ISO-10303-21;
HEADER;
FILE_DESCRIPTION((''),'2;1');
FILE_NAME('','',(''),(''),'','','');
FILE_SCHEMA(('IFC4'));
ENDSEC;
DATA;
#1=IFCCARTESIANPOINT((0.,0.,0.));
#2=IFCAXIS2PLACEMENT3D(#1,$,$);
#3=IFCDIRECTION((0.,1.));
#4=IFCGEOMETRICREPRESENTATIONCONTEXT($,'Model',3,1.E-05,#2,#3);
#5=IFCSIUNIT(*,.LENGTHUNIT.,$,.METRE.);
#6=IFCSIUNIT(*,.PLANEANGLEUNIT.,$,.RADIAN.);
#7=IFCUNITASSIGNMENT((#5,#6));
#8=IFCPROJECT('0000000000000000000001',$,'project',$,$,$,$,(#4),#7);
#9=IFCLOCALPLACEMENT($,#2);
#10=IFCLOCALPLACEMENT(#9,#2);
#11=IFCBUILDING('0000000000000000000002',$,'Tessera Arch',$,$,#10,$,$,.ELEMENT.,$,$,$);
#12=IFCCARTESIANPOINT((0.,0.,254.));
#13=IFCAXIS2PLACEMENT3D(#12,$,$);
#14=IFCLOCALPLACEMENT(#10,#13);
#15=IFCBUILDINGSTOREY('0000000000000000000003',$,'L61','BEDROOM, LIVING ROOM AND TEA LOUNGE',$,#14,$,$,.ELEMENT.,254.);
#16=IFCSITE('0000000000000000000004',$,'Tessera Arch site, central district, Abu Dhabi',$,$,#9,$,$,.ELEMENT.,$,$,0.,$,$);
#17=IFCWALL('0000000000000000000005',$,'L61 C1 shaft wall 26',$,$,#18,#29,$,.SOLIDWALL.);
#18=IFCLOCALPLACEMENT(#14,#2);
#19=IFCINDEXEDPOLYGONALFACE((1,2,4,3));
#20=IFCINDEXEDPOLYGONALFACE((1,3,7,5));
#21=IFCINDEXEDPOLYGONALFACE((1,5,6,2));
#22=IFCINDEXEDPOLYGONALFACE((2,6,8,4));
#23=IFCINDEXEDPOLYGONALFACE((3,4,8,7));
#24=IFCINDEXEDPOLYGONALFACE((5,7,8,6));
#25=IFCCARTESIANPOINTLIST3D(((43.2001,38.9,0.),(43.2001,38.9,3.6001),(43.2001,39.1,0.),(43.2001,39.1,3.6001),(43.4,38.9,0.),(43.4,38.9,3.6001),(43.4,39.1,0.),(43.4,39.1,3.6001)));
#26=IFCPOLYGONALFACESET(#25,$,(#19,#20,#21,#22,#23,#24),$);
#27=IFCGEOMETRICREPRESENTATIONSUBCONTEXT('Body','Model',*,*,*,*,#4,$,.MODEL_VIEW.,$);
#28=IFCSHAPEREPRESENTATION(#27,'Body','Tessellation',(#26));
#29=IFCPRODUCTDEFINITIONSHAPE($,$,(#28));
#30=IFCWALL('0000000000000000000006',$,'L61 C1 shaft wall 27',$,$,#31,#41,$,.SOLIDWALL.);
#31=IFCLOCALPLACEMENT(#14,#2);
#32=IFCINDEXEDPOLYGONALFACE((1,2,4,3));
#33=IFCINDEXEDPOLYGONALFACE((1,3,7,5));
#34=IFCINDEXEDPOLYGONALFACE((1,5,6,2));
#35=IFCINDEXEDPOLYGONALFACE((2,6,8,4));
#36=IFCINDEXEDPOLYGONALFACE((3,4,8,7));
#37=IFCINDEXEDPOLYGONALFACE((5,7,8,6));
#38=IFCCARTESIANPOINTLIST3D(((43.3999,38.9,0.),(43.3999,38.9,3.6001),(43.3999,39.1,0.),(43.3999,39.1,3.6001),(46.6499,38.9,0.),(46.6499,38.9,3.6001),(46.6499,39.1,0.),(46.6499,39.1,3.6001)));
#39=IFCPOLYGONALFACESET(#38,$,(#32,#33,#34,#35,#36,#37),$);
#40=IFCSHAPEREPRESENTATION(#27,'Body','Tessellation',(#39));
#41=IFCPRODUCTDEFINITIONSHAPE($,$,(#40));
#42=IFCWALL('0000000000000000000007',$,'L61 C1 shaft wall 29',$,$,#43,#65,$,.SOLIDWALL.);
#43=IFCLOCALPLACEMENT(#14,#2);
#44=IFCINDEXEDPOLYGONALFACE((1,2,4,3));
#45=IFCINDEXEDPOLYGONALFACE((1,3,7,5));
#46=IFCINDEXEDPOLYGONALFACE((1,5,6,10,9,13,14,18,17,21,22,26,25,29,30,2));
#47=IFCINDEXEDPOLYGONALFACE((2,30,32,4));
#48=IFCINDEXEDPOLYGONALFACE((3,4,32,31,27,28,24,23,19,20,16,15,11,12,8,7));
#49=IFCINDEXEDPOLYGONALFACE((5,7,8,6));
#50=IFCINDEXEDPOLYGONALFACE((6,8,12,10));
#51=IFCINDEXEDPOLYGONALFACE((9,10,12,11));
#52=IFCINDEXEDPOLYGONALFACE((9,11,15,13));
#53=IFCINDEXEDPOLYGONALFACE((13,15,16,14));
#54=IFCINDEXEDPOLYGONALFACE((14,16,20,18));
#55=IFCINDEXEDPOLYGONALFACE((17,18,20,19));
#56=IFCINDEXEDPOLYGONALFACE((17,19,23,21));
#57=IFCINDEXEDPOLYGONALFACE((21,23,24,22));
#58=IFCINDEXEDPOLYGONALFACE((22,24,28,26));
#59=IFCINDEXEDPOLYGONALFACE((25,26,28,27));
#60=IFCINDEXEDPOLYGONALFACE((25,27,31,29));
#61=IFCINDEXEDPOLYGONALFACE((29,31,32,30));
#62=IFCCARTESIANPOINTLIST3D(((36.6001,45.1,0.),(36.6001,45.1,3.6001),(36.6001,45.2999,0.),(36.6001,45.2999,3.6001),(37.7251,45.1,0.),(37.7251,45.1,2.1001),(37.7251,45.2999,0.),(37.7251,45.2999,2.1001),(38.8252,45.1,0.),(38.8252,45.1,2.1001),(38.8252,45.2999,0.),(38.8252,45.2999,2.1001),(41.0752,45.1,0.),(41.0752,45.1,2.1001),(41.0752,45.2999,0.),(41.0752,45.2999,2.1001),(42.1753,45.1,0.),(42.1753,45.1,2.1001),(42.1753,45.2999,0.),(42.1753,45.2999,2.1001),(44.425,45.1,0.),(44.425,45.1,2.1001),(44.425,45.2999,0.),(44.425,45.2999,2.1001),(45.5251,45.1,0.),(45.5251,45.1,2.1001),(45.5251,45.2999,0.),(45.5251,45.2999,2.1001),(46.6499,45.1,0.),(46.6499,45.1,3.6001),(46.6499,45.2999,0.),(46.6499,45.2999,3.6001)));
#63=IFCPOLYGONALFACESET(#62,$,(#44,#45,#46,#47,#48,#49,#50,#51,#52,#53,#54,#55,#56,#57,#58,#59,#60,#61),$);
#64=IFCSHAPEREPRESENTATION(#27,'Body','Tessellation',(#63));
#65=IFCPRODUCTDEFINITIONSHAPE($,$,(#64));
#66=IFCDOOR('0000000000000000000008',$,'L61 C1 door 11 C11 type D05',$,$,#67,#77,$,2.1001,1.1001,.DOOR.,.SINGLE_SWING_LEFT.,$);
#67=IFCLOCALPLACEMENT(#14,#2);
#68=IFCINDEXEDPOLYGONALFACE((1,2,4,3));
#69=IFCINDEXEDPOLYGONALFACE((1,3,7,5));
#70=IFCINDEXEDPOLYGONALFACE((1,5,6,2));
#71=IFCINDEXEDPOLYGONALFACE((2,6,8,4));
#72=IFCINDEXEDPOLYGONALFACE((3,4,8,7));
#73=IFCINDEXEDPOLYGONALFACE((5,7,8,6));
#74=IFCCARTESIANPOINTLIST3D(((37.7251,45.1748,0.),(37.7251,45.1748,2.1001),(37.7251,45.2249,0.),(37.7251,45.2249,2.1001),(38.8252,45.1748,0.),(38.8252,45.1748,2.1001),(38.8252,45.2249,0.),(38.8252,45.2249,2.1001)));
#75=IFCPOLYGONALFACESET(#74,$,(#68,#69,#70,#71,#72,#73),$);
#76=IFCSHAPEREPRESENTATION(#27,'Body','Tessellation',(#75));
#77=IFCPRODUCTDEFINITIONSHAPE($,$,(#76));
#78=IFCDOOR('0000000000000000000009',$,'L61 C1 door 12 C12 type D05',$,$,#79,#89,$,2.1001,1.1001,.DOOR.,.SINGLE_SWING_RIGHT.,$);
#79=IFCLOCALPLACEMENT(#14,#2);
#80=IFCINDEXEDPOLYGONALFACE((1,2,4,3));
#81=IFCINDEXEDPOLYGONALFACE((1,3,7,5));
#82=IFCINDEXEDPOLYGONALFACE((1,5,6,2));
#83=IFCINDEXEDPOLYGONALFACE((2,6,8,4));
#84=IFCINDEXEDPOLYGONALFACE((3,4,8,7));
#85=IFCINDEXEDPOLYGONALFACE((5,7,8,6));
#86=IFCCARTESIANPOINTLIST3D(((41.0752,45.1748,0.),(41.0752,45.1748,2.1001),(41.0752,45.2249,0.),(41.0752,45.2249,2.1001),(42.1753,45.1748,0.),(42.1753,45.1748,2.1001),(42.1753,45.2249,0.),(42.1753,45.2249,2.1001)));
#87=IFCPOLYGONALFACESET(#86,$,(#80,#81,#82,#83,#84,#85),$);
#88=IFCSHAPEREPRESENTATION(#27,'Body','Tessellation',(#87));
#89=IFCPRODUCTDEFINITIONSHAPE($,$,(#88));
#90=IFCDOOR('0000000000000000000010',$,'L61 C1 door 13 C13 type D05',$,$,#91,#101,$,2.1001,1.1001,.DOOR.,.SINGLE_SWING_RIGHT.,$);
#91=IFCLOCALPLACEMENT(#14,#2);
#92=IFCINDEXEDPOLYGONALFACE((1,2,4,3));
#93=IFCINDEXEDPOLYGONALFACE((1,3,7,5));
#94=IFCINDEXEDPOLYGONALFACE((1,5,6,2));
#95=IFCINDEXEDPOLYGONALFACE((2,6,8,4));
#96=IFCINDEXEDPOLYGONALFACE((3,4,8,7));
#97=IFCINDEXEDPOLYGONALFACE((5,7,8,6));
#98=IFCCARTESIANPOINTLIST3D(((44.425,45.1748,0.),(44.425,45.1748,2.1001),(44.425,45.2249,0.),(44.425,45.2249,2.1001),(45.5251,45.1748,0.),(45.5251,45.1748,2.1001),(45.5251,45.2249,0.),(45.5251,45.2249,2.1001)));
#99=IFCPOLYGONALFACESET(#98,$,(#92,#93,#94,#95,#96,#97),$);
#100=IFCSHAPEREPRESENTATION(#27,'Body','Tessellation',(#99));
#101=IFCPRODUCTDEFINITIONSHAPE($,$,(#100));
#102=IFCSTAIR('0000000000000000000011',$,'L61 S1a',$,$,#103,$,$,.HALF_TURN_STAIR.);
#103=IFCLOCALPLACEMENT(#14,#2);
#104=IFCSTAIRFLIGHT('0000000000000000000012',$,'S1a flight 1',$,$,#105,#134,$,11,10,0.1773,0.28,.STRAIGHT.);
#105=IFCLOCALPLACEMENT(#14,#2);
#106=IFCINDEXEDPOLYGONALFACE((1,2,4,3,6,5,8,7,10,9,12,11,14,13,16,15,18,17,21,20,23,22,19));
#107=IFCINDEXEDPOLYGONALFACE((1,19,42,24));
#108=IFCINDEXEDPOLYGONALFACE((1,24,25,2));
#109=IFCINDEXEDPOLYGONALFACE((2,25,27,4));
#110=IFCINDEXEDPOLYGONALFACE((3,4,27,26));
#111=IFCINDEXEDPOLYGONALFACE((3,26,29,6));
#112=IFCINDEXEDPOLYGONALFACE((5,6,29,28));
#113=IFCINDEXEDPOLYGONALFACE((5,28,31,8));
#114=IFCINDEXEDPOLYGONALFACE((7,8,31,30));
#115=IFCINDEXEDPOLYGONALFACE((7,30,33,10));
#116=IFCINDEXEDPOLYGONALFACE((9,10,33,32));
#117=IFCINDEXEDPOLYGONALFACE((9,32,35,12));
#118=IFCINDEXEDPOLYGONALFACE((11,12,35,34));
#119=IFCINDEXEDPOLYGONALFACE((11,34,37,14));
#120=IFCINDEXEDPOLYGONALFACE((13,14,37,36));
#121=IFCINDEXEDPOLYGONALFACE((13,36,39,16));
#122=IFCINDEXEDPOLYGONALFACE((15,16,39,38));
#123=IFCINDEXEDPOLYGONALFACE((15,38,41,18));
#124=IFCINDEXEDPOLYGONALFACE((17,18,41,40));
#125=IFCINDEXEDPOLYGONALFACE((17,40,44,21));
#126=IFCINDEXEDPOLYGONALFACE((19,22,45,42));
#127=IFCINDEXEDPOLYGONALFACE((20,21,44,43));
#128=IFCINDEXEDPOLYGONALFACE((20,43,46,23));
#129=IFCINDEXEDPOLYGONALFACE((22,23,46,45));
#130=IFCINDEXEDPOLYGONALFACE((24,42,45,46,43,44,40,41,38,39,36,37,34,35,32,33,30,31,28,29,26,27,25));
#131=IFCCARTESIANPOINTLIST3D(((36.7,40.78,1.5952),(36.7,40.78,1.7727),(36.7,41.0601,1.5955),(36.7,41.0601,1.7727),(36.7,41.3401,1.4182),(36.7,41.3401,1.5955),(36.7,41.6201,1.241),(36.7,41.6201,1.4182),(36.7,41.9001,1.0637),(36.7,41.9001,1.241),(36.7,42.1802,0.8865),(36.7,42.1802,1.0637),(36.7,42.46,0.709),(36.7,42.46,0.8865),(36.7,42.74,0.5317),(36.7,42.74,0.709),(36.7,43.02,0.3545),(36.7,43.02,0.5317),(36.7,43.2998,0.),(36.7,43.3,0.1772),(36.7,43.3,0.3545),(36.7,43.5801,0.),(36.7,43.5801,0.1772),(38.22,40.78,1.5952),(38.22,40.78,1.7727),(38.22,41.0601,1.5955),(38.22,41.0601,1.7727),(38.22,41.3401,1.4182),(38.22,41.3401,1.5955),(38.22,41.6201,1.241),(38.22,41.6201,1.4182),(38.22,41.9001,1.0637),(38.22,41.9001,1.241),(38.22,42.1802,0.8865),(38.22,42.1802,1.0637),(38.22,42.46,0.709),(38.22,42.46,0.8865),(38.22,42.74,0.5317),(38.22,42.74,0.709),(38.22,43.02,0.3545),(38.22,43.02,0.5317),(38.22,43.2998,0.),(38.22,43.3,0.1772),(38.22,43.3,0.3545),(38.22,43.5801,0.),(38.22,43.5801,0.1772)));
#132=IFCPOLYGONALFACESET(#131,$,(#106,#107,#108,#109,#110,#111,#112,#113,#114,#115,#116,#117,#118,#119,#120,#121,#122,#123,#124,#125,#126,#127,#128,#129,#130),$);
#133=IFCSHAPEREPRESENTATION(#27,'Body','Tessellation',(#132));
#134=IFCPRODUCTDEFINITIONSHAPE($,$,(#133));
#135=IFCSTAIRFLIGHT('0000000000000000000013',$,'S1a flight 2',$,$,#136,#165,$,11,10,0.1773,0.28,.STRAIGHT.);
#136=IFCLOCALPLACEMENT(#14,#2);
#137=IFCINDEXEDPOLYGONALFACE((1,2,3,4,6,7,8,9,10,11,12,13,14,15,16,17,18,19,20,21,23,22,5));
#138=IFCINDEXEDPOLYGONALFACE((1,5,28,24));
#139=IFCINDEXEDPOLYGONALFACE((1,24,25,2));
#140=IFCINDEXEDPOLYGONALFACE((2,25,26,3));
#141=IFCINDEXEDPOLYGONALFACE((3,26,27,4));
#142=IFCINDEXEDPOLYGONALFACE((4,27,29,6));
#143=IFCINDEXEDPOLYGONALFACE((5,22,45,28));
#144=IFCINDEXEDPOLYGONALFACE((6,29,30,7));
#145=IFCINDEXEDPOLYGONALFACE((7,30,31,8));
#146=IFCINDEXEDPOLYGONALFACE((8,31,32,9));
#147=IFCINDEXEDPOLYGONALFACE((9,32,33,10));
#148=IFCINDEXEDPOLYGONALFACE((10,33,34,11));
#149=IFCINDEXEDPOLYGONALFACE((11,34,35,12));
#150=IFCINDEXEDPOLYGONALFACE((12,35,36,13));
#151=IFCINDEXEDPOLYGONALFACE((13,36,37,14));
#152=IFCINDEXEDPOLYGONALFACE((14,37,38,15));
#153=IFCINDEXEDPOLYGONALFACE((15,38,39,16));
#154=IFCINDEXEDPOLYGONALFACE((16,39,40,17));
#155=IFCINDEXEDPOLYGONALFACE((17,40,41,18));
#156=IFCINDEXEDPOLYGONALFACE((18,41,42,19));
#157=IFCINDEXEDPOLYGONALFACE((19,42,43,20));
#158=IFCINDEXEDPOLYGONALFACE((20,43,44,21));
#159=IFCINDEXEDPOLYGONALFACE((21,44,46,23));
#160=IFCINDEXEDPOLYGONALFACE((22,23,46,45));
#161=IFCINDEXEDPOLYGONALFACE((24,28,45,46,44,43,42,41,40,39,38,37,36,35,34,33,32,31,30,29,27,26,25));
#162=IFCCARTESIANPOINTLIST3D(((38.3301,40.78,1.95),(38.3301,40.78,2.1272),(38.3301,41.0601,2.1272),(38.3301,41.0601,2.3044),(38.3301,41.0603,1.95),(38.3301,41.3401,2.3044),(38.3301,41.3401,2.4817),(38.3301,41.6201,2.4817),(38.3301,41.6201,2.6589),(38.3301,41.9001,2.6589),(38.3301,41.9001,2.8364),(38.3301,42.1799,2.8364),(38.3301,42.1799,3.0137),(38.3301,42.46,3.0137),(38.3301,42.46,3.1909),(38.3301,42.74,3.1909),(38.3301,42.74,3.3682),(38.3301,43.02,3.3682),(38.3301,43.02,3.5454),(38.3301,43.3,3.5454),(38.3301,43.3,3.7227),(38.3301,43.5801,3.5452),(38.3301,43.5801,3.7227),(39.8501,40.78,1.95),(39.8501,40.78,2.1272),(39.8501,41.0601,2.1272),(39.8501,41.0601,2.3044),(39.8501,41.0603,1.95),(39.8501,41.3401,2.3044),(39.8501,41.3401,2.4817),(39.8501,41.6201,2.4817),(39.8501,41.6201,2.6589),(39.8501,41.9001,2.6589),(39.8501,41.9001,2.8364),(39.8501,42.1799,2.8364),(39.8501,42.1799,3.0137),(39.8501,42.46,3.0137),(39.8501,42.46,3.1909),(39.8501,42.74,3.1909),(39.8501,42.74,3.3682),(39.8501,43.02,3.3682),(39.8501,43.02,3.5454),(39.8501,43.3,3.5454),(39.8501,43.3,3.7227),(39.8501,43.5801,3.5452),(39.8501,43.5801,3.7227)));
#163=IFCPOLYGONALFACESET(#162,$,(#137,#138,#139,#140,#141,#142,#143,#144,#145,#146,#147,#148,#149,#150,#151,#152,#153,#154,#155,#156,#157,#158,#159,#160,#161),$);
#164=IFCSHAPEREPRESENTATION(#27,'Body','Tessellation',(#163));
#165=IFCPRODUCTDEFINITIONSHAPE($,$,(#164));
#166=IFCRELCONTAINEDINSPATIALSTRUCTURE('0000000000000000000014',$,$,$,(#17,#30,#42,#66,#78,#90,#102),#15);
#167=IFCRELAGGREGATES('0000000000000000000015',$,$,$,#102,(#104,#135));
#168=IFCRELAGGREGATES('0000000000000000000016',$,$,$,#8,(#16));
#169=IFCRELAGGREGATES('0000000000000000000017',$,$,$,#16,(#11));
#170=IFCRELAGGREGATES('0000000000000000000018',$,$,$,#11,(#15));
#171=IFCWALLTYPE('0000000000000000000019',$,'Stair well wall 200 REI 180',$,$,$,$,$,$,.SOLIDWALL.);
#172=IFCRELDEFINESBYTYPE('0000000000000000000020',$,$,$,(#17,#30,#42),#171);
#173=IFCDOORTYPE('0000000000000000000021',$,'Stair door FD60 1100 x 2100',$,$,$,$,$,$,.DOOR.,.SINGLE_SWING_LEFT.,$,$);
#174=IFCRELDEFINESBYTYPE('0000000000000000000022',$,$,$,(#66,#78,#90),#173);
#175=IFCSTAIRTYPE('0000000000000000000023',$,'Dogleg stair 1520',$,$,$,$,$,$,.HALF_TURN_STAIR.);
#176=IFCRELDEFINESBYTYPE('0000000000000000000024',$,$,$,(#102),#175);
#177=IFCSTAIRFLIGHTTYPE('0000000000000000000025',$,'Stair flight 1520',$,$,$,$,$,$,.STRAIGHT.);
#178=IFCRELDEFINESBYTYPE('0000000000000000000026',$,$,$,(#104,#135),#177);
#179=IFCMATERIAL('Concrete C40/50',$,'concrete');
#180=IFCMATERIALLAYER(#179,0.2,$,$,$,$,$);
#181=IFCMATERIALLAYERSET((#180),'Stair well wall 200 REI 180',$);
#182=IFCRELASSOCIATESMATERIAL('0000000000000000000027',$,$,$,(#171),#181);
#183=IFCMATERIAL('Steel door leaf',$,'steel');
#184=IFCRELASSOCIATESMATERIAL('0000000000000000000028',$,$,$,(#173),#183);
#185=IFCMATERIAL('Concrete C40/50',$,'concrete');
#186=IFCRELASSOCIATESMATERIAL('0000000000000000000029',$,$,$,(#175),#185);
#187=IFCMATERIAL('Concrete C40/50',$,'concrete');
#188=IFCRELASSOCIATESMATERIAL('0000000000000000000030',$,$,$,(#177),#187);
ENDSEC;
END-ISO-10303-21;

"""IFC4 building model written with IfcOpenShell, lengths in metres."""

from ifc_helpers import new_model, si_unit, direction, frame, frame_2d, origin, place, context, subcontext, project, spatial, polyline, rectangle, outline, extrude, material, layer, layer_set, type_object, element, fill, aggregate, save


model = new_model("IFC4")

# Units and contexts
model_context = context("Model", 3, precision=1e-05, world=origin(), true_north=direction((0.0, 1.0)))
body_context = subcontext(model_context, "Body", "Model", "MODEL_VIEW")
ifc_project = project(units=[si_unit("LENGTHUNIT", "METRE"), si_unit("PLANEANGLEUNIT", "RADIAN")], contexts=[model_context])

# Site, building, storey
site_placement = place(None, origin())
site = spatial("IfcSite", under=ifc_project, at=site_placement, Name="Tessera Arch site, central district, Abu Dhabi", CompositionType="ELEMENT", RefElevation=0.0)
building_placement = place(site_placement, origin())
building = spatial("IfcBuilding", under=site, at=building_placement, Name="Tessera Arch", CompositionType="ELEMENT")
storey_placement = place(building_placement, frame((0.0, 0.0, 254.0)))
storey = spatial("IfcBuildingStorey", under=building, at=storey_placement, Name="L61", Description="BEDROOM, LIVING ROOM AND TEA LOUNGE", CompositionType="ELEMENT", Elevation=254.0)

# Walls
ifc_material_1 = material(Name="Concrete C40/50", Category="concrete")
ifc_layer_1 = layer(ifc_material_1, 0.2)
ifc_layer_set_1 = layer_set([ifc_layer_1], Name="Stair well wall 200 REI 180")
wall_type_1 = type_object("IfcWallType", Name="Stair well wall 200 REI 180", PredefinedType="SOLIDWALL", material=ifc_layer_set_1)
wall_1_placement = place(storey_placement, frame((43.2, 39.0, 0.0), z_axis=(0.0, 0.0, 1.0), x_axis=(1.0, 0.0, 0.0)))
element("IfcWall", 1, at=wall_1_placement, inside=storey, type_object=wall_type_1, Name="L61 C1 shaft wall 26", PredefinedType="SOLIDWALL", context=body_context, shape_type="SweptSolid", body=[
    extrude(rectangle(XDim=0.2, YDim=0.2, at=frame_2d((0.1001, 0.0))), origin(), (0.0, 0.0, 1.0), 3.6001),
])
wall_2_placement = place(storey_placement, frame((43.3999, 39.0, 0.0), z_axis=(0.0, 0.0, 1.0), x_axis=(1.0, 0.0, 0.0)))
element("IfcWall", 2, at=wall_2_placement, inside=storey, type_object=wall_type_1, Name="L61 C1 shaft wall 27", PredefinedType="SOLIDWALL", context=body_context, shape_type="SweptSolid", body=[
    extrude(rectangle(XDim=3.25, YDim=0.2, at=frame_2d((1.625, 0.0))), origin(), (0.0, 0.0, 1.0), 3.6001),
])

# Wall, openings, doors
wall_3_placement = place(storey_placement, frame((36.6001, 45.2, 0.0), z_axis=(0.0, 0.0, 1.0), x_axis=(1.0, 0.0, 0.0)))
wall_3 = element("IfcWall", 3, at=wall_3_placement, inside=storey, type_object=wall_type_1, Name="L61 C1 shaft wall 29", PredefinedType="SOLIDWALL", context=body_context, shape_type="SweptSolid", body=[
    extrude(rectangle(XDim=10.0498, YDim=0.2, at=frame_2d((5.0249, 0.0))), origin(), (0.0, 0.0, 1.0), 3.6001),
])
opening_1_placement = place(wall_3_placement, frame((1.125, 0.0, 0.0)))
opening_1 = element("IfcOpeningElement", 4, at=opening_1_placement, cuts=wall_3, PredefinedType="OPENING", context=body_context, shape_type="SweptSolid", body=[
    extrude(rectangle(XDim=1.1001, YDim=2.1001, at=frame_2d((0.55, 1.05))), frame((0.0, 0.1099, 0.0), z_axis=(0.0, -1.0, 0.0), x_axis=(1.0, 0.0, 0.0)), (0.0, 0.0, 1.0), 0.22),
])
opening_2_placement = place(wall_3_placement, frame((4.4751, 0.0, 0.0)))
opening_2 = element("IfcOpeningElement", 5, at=opening_2_placement, cuts=wall_3, PredefinedType="OPENING", context=body_context, shape_type="SweptSolid", body=[
    extrude(rectangle(XDim=1.1001, YDim=2.1001, at=frame_2d((0.55, 1.05))), frame((0.0, 0.1099, 0.0), z_axis=(0.0, -1.0, 0.0), x_axis=(1.0, 0.0, 0.0)), (0.0, 0.0, 1.0), 0.22),
])
opening_3_placement = place(wall_3_placement, frame((7.825, 0.0, 0.0)))
opening_3 = element("IfcOpeningElement", 6, at=opening_3_placement, cuts=wall_3, PredefinedType="OPENING", context=body_context, shape_type="SweptSolid", body=[
    extrude(rectangle(XDim=1.1001, YDim=2.1001, at=frame_2d((0.55, 1.05))), frame((0.0, 0.1099, 0.0), z_axis=(0.0, -1.0, 0.0), x_axis=(1.0, 0.0, 0.0)), (0.0, 0.0, 1.0), 0.22),
])
ifc_material_2 = material(Name="Steel door leaf", Category="steel")
door_type_1 = type_object("IfcDoorType", Name="Stair door FD60 1100 x 2100", OperationType="SINGLE_SWING_LEFT", PredefinedType="DOOR", material=ifc_material_2)
door_1_placement = place(opening_1_placement, origin())
door_1 = element("IfcDoor", 7, at=door_1_placement, inside=storey, type_object=door_type_1, Name="L61 C1 door 11 C11 type D05", OperationType="SINGLE_SWING_LEFT", OverallHeight=2.1001, OverallWidth=1.1001, PredefinedType="DOOR", context=body_context, shape_type="SweptSolid", body=[
    extrude(rectangle(XDim=1.1001, YDim=2.1001, at=frame_2d((0.55, 1.05))), frame((0.0, 0.0249, 0.0), z_axis=(0.0, -1.0, 0.0), x_axis=(1.0, 0.0, 0.0)), (0.0, 0.0, 1.0), 0.05),
])
fill(opening_1, door_1)
door_2_placement = place(opening_2_placement, origin())
door_2 = element("IfcDoor", 8, at=door_2_placement, inside=storey, type_object=door_type_1, Name="L61 C1 door 12 C12 type D05", OperationType="SINGLE_SWING_RIGHT", OverallHeight=2.1001, OverallWidth=1.1001, PredefinedType="DOOR", context=body_context, shape_type="SweptSolid", body=[
    extrude(rectangle(XDim=1.1001, YDim=2.1001, at=frame_2d((0.55, 1.05))), frame((0.0, 0.0249, 0.0), z_axis=(0.0, -1.0, 0.0), x_axis=(1.0, 0.0, 0.0)), (0.0, 0.0, 1.0), 0.05),
])
fill(opening_2, door_2)
door_3_placement = place(opening_3_placement, origin())
door_3 = element("IfcDoor", 9, at=door_3_placement, inside=storey, type_object=door_type_1, Name="L61 C1 door 13 C13 type D05", OperationType="SINGLE_SWING_RIGHT", OverallHeight=2.1001, OverallWidth=1.1001, PredefinedType="DOOR", context=body_context, shape_type="SweptSolid", body=[
    extrude(rectangle(XDim=1.1001, YDim=2.1001, at=frame_2d((0.55, 1.05))), frame((0.0, 0.0249, 0.0), z_axis=(0.0, -1.0, 0.0), x_axis=(1.0, 0.0, 0.0)), (0.0, 0.0, 1.0), 0.05),
])
fill(opening_3, door_3)

# Stair, stair flights
ifc_material_3 = material(Name="Concrete C40/50", Category="concrete")
stair_type = type_object("IfcStairType", Name="Dogleg stair 1520", PredefinedType="HALF_TURN_STAIR", material=ifc_material_3)
stair_1_placement = place(storey_placement, origin())
stair_1 = element("IfcStair", 10, at=stair_1_placement, inside=storey, type_object=stair_type, Name="L61 S1a", PredefinedType="HALF_TURN_STAIR")
ifc_material_4 = material(Name="Concrete C40/50", Category="concrete")
stair_flight_type = type_object("IfcStairFlightType", Name="Stair flight 1520", PredefinedType="STRAIGHT", material=ifc_material_4)
stair_flight_1_placement = place(storey_placement, frame((37.46, 43.5801, 0.0), z_axis=(0.0, 0.0, 1.0), x_axis=(0.0, -1.0, 0.0)))
stair_flight_1 = element("IfcStairFlight", 11, at=stair_flight_1_placement, type_object=stair_flight_type, Name="S1a flight 1", NumberOfRisers=11, NumberOfTreads=10, PredefinedType="STRAIGHT", RiserHeight=0.1773, TreadLength=0.28, context=body_context, shape_type="SweptSolid", body=[
    extrude(outline(polyline([(0.0, 0.0), (0.0, 0.1772), (0.28, 0.1772), (0.28, 0.3545), (0.5601, 0.3545), (0.5601, 0.5317), (0.8401, 0.5317), (0.8401, 0.709), (1.1201, 0.709), (1.1201, 0.8865), (1.3999, 0.8865), (1.3999, 1.0637), (1.6799, 1.0637), (1.6799, 1.241), (1.96, 1.241), (1.96, 1.4182), (2.24, 1.4182), (2.24, 1.5955), (2.52, 1.5955), (2.52, 1.7727), (2.8, 1.7727), (2.8, 1.95), (2.8, 1.5952), (0.2803, 0.0), (0.0, 0.0)])), frame((0.0, 0.76, 0.0), z_axis=(0.0, -1.0, 0.0), x_axis=(1.0, 0.0, 0.0)), (0.0, 0.0, 1.0), 1.52),
])
stair_flight_2_placement = place(storey_placement, frame((39.0901, 40.78, 1.95), z_axis=(0.0, 0.0, 1.0), x_axis=(0.0, 1.0, 0.0)))
stair_flight_2 = element("IfcStairFlight", 12, at=stair_flight_2_placement, type_object=stair_flight_type, Name="S1a flight 2", NumberOfRisers=11, NumberOfTreads=10, PredefinedType="STRAIGHT", RiserHeight=0.1773, TreadLength=0.28, context=body_context, shape_type="SweptSolid", body=[
    extrude(outline(polyline([(0.0, 0.0), (0.0, 0.1772), (0.28, 0.1772), (0.28, 0.3545), (0.5601, 0.3545), (0.5601, 0.5317), (0.8401, 0.5317), (0.8401, 0.709), (1.1201, 0.709), (1.1201, 0.8865), (1.3999, 0.8865), (1.3999, 1.0637), (1.6799, 1.0637), (1.6799, 1.241), (1.96, 1.241), (1.96, 1.4182), (2.24, 1.4182), (2.24, 1.5955), (2.52, 1.5955), (2.52, 1.7727), (2.8, 1.7727), (2.8, 1.95), (2.8, 1.5952), (0.2803, 0.0), (0.0, 0.0)])), frame((0.0, 0.76, 0.0), z_axis=(0.0, -1.0, 0.0), x_axis=(1.0, 0.0, 0.0)), (0.0, 0.0, 1.0), 1.52),
])
aggregate(stair_1, [stair_flight_1, stair_flight_2])

save(model, "model.ifc")
